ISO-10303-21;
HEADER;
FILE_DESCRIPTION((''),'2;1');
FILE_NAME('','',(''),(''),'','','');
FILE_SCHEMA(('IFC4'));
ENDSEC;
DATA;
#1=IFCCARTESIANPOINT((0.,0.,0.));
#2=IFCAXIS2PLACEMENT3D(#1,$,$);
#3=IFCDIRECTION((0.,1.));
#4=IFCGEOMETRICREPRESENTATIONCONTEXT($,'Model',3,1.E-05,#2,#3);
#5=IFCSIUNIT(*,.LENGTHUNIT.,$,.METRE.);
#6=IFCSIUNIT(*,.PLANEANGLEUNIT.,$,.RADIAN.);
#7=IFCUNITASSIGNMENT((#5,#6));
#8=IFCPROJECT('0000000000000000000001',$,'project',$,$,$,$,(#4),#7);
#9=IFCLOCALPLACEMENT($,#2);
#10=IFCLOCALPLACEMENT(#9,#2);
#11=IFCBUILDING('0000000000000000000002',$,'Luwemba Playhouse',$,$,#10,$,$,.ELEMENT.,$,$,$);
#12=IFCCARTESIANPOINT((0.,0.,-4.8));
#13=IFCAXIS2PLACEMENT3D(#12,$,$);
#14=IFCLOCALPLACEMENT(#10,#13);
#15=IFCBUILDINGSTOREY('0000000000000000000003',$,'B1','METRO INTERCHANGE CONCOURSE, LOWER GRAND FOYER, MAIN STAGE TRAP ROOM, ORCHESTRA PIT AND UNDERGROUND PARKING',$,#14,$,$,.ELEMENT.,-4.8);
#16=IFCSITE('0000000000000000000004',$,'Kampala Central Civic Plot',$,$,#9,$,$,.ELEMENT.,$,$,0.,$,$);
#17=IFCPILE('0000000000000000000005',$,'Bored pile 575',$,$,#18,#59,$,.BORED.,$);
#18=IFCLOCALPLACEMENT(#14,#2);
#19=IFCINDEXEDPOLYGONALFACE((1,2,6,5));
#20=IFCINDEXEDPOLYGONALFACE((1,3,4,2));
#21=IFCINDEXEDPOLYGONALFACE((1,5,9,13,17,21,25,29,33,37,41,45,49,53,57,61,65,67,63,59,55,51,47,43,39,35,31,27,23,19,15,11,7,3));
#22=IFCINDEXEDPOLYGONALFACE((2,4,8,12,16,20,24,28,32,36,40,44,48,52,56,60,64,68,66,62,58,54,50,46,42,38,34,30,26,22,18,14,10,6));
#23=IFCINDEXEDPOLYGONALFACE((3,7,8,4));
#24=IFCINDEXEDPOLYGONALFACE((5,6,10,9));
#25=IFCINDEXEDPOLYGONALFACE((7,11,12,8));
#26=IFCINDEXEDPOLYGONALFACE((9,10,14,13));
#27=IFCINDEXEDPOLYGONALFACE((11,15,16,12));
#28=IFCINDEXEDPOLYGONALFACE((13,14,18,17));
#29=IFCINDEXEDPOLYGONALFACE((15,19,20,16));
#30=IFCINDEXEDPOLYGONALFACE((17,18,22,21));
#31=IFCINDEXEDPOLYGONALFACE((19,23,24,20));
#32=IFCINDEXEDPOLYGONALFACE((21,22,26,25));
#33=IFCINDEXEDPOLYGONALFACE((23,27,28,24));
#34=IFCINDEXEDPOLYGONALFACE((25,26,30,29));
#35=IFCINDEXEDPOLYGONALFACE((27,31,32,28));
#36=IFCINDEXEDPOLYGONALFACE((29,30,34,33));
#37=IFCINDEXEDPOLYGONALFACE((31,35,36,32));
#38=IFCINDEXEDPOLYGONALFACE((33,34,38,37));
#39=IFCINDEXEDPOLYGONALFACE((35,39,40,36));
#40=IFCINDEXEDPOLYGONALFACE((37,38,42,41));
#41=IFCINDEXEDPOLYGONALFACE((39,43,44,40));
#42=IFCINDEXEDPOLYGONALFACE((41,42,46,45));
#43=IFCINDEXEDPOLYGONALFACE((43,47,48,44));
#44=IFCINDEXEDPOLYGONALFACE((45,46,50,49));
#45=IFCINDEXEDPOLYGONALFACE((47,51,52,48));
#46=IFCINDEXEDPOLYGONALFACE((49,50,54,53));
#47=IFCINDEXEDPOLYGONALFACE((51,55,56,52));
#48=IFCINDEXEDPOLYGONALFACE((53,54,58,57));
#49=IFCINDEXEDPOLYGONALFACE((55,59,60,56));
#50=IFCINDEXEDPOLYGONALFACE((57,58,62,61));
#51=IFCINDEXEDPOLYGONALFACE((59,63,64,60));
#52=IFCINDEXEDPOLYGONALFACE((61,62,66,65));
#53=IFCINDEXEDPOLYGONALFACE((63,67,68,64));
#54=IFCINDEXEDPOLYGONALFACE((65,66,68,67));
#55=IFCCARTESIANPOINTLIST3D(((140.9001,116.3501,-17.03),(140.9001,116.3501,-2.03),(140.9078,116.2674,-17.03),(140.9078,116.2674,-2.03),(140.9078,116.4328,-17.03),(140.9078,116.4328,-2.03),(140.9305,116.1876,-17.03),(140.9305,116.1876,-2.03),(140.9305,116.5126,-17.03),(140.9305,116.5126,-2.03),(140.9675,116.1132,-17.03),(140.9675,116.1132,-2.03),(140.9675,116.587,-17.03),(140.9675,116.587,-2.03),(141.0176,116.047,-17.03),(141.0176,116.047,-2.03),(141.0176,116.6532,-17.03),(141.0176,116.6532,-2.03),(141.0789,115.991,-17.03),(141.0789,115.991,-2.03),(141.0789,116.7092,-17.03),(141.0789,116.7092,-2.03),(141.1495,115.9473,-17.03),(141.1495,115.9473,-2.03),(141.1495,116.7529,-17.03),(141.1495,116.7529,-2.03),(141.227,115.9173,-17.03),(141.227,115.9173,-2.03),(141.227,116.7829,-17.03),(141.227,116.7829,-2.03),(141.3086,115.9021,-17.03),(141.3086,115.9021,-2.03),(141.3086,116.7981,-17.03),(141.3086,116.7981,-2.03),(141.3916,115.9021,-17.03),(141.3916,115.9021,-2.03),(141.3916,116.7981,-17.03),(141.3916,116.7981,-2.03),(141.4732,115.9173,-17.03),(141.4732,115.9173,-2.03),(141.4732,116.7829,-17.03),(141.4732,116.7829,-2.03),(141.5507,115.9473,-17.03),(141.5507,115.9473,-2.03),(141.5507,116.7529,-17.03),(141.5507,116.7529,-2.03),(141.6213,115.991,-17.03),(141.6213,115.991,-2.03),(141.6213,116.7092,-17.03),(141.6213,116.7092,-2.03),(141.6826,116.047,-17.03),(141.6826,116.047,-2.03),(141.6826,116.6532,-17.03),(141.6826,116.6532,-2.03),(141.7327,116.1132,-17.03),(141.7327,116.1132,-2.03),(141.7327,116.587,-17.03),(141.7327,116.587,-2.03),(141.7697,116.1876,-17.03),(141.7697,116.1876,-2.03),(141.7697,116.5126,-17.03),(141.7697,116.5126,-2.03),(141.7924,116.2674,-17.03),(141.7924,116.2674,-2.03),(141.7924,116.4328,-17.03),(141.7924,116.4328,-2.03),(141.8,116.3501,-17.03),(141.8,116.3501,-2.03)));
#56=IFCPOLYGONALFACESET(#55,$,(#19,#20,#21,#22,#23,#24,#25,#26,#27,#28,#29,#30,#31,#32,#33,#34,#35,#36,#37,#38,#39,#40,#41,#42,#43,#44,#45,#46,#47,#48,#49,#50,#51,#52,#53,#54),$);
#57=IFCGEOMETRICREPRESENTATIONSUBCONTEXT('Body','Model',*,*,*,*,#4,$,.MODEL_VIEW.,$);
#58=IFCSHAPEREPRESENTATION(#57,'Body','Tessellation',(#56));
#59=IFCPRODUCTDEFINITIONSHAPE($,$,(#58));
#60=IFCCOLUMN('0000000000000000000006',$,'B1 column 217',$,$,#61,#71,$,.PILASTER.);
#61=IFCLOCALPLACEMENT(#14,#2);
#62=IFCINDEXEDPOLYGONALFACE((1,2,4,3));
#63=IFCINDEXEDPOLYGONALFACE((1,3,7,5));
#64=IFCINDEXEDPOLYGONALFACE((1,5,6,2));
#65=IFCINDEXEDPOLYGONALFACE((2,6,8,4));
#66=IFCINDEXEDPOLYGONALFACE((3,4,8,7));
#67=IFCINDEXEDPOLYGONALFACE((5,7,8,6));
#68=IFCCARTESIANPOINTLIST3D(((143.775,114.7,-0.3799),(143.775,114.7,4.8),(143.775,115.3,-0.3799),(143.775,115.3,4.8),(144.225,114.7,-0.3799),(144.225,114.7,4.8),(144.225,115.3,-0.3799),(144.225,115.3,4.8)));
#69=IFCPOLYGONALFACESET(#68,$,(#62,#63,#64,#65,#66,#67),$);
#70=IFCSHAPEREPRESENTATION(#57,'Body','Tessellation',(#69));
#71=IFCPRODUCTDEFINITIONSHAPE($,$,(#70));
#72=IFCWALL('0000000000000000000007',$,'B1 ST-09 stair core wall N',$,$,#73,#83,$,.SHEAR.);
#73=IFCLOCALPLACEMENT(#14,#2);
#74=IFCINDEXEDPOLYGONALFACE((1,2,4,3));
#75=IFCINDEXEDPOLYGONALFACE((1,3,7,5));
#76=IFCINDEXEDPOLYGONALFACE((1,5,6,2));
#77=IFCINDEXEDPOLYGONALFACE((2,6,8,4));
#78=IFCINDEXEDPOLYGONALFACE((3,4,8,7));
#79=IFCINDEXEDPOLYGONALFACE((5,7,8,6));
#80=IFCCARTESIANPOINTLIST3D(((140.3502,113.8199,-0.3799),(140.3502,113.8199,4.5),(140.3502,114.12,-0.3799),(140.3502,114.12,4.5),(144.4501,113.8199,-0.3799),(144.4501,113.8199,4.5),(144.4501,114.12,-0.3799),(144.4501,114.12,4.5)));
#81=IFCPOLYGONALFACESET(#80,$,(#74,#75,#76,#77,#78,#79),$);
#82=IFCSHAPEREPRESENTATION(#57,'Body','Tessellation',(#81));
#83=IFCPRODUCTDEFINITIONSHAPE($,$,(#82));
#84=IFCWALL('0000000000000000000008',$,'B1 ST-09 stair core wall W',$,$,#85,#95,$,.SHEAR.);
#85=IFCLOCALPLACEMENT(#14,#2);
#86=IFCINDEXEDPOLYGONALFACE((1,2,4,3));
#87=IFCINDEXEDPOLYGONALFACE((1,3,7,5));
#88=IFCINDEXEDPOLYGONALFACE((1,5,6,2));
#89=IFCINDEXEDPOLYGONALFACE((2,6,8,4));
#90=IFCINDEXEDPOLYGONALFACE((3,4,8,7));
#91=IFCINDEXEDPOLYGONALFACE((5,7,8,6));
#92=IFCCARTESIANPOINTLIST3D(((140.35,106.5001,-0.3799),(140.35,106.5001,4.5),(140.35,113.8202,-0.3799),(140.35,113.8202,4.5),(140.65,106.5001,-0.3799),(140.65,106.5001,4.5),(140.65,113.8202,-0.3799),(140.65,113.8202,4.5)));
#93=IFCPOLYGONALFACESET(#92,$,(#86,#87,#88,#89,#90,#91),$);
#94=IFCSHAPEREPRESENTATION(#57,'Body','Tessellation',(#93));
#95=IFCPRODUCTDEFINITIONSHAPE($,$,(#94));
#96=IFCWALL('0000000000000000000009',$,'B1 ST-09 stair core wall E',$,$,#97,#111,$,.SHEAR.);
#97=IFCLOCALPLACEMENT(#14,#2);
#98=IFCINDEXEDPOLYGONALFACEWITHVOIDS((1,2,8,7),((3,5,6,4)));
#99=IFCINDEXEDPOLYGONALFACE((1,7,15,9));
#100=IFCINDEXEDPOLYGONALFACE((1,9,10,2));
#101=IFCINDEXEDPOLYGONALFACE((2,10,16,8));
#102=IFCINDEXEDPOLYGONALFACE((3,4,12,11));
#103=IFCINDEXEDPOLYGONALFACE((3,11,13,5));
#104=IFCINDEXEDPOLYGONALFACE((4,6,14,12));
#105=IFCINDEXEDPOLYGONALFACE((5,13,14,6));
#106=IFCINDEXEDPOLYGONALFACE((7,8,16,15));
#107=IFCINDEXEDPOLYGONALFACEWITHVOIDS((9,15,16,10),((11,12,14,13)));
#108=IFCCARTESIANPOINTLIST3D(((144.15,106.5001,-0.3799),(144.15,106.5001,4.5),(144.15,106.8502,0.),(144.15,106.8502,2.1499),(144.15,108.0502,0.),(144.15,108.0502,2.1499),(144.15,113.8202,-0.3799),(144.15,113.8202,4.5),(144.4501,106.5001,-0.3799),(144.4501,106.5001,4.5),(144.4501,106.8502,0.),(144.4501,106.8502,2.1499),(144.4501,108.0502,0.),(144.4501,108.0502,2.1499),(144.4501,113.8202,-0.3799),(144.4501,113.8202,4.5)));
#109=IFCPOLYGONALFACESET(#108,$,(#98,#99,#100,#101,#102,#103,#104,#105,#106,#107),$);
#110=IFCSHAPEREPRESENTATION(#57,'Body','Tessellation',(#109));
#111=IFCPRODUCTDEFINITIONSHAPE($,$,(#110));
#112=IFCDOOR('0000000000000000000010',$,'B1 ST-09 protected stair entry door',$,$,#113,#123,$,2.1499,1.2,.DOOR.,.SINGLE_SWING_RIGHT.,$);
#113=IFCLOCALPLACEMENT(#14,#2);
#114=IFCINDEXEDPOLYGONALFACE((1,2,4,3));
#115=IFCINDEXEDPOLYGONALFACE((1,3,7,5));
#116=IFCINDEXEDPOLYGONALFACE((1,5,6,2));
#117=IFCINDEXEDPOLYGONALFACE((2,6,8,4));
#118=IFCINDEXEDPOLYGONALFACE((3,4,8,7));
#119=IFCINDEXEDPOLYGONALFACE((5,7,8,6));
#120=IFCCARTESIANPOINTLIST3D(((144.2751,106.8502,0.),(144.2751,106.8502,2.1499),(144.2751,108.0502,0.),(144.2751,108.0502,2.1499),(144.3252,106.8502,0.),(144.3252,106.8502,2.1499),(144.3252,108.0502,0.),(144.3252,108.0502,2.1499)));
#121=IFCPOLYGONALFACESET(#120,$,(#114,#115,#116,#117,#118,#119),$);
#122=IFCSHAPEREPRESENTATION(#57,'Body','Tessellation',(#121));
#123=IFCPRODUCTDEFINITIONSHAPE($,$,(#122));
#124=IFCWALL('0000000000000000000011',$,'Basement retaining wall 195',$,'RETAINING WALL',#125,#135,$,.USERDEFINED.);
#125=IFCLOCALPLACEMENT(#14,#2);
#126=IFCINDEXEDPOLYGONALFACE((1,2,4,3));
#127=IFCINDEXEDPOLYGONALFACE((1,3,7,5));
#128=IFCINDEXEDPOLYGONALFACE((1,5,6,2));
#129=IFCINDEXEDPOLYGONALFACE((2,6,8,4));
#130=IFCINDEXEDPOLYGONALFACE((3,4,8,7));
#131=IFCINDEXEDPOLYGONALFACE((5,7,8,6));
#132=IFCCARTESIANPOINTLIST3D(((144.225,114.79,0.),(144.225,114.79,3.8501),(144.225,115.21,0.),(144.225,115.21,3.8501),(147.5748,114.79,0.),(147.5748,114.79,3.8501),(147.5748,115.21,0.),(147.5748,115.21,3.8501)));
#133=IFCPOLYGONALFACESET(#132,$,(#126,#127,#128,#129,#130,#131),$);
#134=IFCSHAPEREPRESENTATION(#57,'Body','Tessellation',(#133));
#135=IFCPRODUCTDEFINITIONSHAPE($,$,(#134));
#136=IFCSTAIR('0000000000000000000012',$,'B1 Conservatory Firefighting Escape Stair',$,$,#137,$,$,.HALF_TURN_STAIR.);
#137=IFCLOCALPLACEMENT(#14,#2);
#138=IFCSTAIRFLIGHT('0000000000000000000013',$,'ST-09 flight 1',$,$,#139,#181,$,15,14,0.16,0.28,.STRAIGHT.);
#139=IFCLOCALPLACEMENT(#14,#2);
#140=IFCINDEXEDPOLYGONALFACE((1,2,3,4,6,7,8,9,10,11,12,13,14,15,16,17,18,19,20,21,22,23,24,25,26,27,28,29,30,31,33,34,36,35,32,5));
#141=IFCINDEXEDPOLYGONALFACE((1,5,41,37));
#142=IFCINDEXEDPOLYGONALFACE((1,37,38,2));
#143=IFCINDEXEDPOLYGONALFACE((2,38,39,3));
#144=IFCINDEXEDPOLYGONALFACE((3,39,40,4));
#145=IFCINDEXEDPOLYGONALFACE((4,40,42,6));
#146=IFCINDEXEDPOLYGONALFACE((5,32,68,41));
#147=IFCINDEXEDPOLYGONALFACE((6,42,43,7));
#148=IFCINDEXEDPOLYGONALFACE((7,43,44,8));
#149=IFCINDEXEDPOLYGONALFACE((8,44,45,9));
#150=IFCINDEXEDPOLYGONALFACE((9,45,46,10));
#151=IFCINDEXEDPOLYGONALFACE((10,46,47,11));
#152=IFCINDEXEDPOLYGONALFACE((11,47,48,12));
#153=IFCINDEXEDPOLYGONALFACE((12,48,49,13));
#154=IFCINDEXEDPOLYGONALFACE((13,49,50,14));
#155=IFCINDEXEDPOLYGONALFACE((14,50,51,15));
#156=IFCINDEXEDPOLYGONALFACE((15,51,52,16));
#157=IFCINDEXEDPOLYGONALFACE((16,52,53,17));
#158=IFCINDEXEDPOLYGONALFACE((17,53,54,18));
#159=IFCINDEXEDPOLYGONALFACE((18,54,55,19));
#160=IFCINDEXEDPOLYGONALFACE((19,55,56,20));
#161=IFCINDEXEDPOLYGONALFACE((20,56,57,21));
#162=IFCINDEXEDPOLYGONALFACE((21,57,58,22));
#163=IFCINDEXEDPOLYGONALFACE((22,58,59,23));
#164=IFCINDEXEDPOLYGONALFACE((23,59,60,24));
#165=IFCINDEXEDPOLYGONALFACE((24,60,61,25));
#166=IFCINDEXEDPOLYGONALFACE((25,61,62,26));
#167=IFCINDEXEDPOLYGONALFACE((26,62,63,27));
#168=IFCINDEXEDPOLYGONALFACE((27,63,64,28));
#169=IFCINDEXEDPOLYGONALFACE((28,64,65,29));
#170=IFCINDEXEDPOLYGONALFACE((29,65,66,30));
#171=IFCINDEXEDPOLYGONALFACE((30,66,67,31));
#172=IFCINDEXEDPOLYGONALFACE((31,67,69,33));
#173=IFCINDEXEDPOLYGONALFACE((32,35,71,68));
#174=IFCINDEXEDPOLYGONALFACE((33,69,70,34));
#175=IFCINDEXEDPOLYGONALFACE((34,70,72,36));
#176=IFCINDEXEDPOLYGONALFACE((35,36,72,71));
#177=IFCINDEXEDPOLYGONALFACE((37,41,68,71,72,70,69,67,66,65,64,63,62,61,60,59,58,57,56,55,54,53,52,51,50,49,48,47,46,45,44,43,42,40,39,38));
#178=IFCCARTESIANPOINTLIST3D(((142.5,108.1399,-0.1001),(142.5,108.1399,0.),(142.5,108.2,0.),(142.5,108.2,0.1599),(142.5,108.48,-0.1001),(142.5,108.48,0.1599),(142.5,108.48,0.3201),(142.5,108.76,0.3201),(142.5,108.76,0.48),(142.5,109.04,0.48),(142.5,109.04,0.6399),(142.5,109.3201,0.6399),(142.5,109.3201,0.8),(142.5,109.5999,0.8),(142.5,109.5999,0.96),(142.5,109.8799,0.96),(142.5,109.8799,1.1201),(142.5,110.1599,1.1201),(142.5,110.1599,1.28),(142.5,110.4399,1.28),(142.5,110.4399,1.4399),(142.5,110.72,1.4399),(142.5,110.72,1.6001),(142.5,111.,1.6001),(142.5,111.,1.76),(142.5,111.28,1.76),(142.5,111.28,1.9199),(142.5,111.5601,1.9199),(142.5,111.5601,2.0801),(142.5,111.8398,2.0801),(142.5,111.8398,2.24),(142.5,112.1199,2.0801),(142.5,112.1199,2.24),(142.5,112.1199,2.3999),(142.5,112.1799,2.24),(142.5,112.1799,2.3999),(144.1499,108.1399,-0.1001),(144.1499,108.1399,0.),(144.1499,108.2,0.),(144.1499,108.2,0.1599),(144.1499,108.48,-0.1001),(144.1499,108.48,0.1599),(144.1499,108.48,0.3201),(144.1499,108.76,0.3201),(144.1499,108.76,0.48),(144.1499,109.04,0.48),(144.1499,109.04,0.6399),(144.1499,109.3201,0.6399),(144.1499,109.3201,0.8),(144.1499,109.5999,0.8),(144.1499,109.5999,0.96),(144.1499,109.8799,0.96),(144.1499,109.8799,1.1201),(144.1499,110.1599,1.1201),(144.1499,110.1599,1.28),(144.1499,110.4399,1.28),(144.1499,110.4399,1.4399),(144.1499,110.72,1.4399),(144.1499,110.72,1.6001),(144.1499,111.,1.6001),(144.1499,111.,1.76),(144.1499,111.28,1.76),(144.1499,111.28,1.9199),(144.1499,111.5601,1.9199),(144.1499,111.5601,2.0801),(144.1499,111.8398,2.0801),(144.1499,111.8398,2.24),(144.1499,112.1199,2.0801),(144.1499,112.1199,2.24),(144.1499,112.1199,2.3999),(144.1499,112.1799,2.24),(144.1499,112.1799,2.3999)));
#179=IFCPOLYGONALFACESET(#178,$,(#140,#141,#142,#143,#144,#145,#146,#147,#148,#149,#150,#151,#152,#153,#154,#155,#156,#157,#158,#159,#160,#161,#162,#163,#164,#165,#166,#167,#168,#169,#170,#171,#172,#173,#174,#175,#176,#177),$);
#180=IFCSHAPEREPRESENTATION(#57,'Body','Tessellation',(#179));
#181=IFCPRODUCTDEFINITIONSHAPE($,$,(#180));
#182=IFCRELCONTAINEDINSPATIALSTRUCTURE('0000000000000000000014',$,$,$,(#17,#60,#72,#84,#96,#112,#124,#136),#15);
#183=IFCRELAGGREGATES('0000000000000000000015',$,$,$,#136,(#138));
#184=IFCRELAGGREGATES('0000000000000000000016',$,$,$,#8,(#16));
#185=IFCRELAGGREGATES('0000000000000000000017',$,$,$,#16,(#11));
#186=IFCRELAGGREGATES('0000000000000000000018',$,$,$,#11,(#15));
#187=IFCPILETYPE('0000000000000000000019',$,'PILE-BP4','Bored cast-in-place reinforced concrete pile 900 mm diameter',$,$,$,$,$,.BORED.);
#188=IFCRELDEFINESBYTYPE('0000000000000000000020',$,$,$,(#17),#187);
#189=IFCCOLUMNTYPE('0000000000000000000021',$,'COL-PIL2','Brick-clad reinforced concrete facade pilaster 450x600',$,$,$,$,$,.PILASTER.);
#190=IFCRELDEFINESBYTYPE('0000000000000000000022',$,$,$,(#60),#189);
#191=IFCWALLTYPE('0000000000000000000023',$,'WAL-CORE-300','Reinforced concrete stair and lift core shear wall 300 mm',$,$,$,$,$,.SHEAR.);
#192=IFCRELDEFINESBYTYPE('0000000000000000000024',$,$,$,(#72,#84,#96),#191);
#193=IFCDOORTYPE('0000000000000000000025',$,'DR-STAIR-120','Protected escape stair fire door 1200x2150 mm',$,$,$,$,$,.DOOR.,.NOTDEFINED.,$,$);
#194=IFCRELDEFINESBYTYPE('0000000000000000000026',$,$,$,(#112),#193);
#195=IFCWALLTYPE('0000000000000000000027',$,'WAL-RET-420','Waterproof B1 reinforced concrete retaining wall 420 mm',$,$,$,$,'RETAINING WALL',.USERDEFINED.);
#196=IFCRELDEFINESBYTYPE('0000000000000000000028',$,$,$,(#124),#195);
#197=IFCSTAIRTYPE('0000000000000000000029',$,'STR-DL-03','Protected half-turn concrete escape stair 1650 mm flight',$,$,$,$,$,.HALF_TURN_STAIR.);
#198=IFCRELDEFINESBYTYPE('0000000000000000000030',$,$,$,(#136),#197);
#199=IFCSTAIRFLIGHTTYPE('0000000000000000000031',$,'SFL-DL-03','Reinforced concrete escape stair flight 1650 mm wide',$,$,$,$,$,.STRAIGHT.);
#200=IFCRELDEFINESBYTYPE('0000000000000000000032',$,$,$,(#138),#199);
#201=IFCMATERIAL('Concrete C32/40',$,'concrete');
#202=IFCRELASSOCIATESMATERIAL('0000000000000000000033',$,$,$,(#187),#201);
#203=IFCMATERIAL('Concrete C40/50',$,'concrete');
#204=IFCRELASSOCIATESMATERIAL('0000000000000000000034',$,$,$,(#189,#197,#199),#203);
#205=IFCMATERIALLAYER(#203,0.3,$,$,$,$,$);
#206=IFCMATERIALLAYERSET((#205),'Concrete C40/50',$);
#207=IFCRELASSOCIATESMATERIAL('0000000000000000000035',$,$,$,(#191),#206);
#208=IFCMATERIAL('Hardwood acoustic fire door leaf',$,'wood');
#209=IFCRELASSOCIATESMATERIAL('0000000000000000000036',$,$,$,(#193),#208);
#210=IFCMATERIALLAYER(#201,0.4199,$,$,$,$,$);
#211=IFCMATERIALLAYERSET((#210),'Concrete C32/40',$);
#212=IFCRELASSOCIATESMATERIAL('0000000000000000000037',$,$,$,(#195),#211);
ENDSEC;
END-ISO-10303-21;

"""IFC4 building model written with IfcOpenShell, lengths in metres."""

from ifc_helpers import new_model, si_unit, direction, frame, frame_2d, origin, origin_2d, place, context, subcontext, project, spatial, polyline, rectangle, circle, outline, extrude, material, layer, layer_set, material_profile, profile_set, type_object, element, fill, aggregate, save


model = new_model("IFC4")

# Units and contexts
model_context = context("Model", 3, precision=1e-05, world=origin(), true_north=direction((0.0, 1.0)))
body_context = subcontext(model_context, "Body", "Model", "MODEL_VIEW")
ifc_project = project(units=[si_unit("LENGTHUNIT", "METRE"), si_unit("PLANEANGLEUNIT", "RADIAN")], contexts=[model_context])

# Site, building, storey
site_placement = place(None, origin())
site = spatial("IfcSite", under=ifc_project, at=site_placement, Name="Kampala Central Civic Plot", CompositionType="ELEMENT", RefElevation=0.0)
building_placement = place(site_placement, origin())
building = spatial("IfcBuilding", under=site, at=building_placement, Name="Luwemba Playhouse", CompositionType="ELEMENT")
storey_placement = place(building_placement, frame((0.0, 0.0, -4.8)))
storey = spatial("IfcBuildingStorey", under=building, at=storey_placement, Name="B1", Description="METRO INTERCHANGE CONCOURSE, LOWER GRAND FOYER, MAIN STAGE TRAP ROOM, ORCHESTRA PIT AND UNDERGROUND PARKING", CompositionType="ELEMENT", Elevation=-4.8)

# Shared definitions
ifc_material_1 = material(Name="Concrete C32/40", Category="concrete")

# Pile
ifc_material_profile_1 = material_profile(ifc_material_1, circle(Radius=0.45, at=origin_2d()))
ifc_profile_set_1 = profile_set([ifc_material_profile_1], Name="Concrete C32/40")
pile_type_1 = type_object("IfcPileType", Name="PILE-BP4", Description="Bored cast-in-place reinforced concrete pile 900 mm diameter", PredefinedType="BORED", material=ifc_profile_set_1)
for number, where, z_axis, x_axis, name in (
    (1, (141.3501, 116.3501, -2.03), (0.0, 0.0, -1.0), (1.0, 0.0, 0.0), "Bored pile 575"),
):
    element("IfcPile", number, at=place(storey_placement, frame(where, z_axis=z_axis, x_axis=x_axis)), inside=storey, type_object=pile_type_1, Name=name, PredefinedType="BORED", context=body_context, shape_type="SweptSolid", body=[
        extrude(circle(Radius=0.45, at=origin_2d()), origin(), (0.0, 0.0, 1.0), 15.0),
    ])

# Column
ifc_material_2 = material(Name="Concrete C40/50", Category="concrete")
ifc_material_profile_2 = material_profile(ifc_material_2, rectangle(XDim=0.45, YDim=0.6001, at=origin_2d()))
ifc_profile_set_2 = profile_set([ifc_material_profile_2], Name="Concrete C40/50")
column_type = type_object("IfcColumnType", Name="COL-PIL2", Description="Brick-clad reinforced concrete facade pilaster 450x600", PredefinedType="PILASTER", material=ifc_profile_set_2)
column_placement = place(storey_placement, frame((144.0, 115.0, -0.3799), z_axis=(0.0, 0.0, 1.0), x_axis=(1.0, 0.0, 0.0)))
element("IfcColumn", 2, at=column_placement, inside=storey, type_object=column_type, Name="B1 column 217", PredefinedType="PILASTER", context=body_context, shape_type="SweptSolid", body=[
    extrude(rectangle(XDim=0.45, YDim=0.6001, at=origin_2d()), origin(), (0.0, 0.0, 1.0), 5.1799),
])

# Walls
ifc_layer_1 = layer(ifc_material_2, 0.3)
ifc_layer_set_1 = layer_set([ifc_layer_1], Name="Concrete C40/50")
wall_type_1 = type_object("IfcWallType", Name="WAL-CORE-300", Description="Reinforced concrete stair and lift core shear wall 300 mm", PredefinedType="SHEAR", material=ifc_layer_set_1)
wall_1_placement = place(storey_placement, frame((144.45, 113.97, -0.3799), z_axis=(0.0, 0.0, 1.0), x_axis=(-1.0, 0.0, 0.0)))
element("IfcWall", 3, at=wall_1_placement, inside=storey, type_object=wall_type_1, Name="B1 ST-09 stair core wall N", PredefinedType="SHEAR", context=body_context, shape_type="SweptSolid", body=[
    extrude(rectangle(XDim=4.0999, YDim=0.3, at=frame_2d((2.0498, 0.0))), origin(), (0.0, 0.0, 1.0), 4.8799),
])
wall_2_placement = place(storey_placement, frame((140.5, 106.5, -0.3799), z_axis=(0.0, 0.0, 1.0), x_axis=(0.0, 1.0, 0.0)))
element("IfcWall", 4, at=wall_2_placement, inside=storey, type_object=wall_type_1, Name="B1 ST-09 stair core wall W", PredefinedType="SHEAR", context=body_context, shape_type="SweptSolid", body=[
    extrude(rectangle(XDim=7.3201, YDim=0.3, at=frame_2d((3.6602, 0.0))), origin(), (0.0, 0.0, 1.0), 4.8799),
])

# Wall, opening, door
wall_3_placement = place(storey_placement, frame((144.3, 106.5, -0.3799), z_axis=(0.0, 0.0, 1.0), x_axis=(0.0, 1.0, 0.0)))
wall_3 = element("IfcWall", 5, at=wall_3_placement, inside=storey, type_object=wall_type_1, Name="B1 ST-09 stair core wall E", PredefinedType="SHEAR", context=body_context, shape_type="SweptSolid", body=[
    extrude(rectangle(XDim=7.3201, YDim=0.3, at=frame_2d((3.6602, 0.0))), origin(), (0.0, 0.0, 1.0), 4.8799),
])
opening_placement = place(wall_3_placement, frame((0.3501, 0.0, 0.3799)))
opening = element("IfcOpeningElement", 6, at=opening_placement, cuts=wall_3, PredefinedType="OPENING", context=body_context, shape_type="SweptSolid", body=[
    extrude(rectangle(XDim=1.2, YDim=2.1499, at=frame_2d((0.6001, 1.075))), frame((0.0, 0.1599, 0.0), z_axis=(0.0, -1.0, 0.0), x_axis=(1.0, 0.0, 0.0)), (0.0, 0.0, 1.0), 0.3201),
])
ifc_material_3 = material(Name="Hardwood acoustic fire door leaf", Category="wood")
door_type = type_object("IfcDoorType", Name="DR-STAIR-120", Description="Protected escape stair fire door 1200x2150 mm", OperationType="NOTDEFINED", PredefinedType="DOOR", material=ifc_material_3)
door_placement = place(opening_placement, origin())
door = element("IfcDoor", 7, at=door_placement, inside=storey, type_object=door_type, Name="B1 ST-09 protected stair entry door", OperationType="SINGLE_SWING_RIGHT", OverallHeight=2.1499, OverallWidth=1.2, PredefinedType="DOOR", context=body_context, shape_type="SweptSolid", body=[
    extrude(rectangle(XDim=1.2, YDim=2.1499, at=frame_2d((0.6001, 1.075))), frame((0.0, 0.0249, 0.0), z_axis=(0.0, -1.0, 0.0), x_axis=(1.0, 0.0, 0.0)), (0.0, 0.0, 1.0), 0.05),
])
fill(opening, door)

# Wall
ifc_layer_2 = layer(ifc_material_1, 0.4199)
ifc_layer_set_2 = layer_set([ifc_layer_2], Name="Concrete C32/40")
wall_type_2 = type_object("IfcWallType", Name="WAL-RET-420", Description="Waterproof B1 reinforced concrete retaining wall 420 mm", ElementType="RETAINING WALL", PredefinedType="USERDEFINED", material=ifc_layer_set_2)
wall_4_placement = place(storey_placement, frame((144.2251, 115.0, 0.0), z_axis=(0.0, 0.0, 1.0), x_axis=(1.0, 0.0, 0.0)))
element("IfcWall", 8, at=wall_4_placement, inside=storey, type_object=wall_type_2, Name="Basement retaining wall 195", ObjectType="RETAINING WALL", PredefinedType="USERDEFINED", context=body_context, shape_type="SweptSolid", body=[
    extrude(rectangle(XDim=3.3499, YDim=0.4199, at=frame_2d((1.6748, 0.0))), origin(), (0.0, 0.0, 1.0), 3.8501),
])

# Stair, stair flight
stair_type = type_object("IfcStairType", Name="STR-DL-03", Description="Protected half-turn concrete escape stair 1650 mm flight", PredefinedType="HALF_TURN_STAIR", material=ifc_material_2)
stair_placement = place(storey_placement, origin())
stair = element("IfcStair", 9, at=stair_placement, inside=storey, type_object=stair_type, Name="B1 Conservatory Firefighting Escape Stair", PredefinedType="HALF_TURN_STAIR")
stair_flight_type = type_object("IfcStairFlightType", Name="SFL-DL-03", Description="Reinforced concrete escape stair flight 1650 mm wide", PredefinedType="STRAIGHT", material=ifc_material_2)
stair_flight_1_placement = place(storey_placement, frame((143.325, 108.2, 0.0), z_axis=(0.0, 0.0, 1.0), x_axis=(0.0, 1.0, 0.0)))
stair_flight_1 = element("IfcStairFlight", 10, at=stair_flight_1_placement, type_object=stair_flight_type, Name="ST-09 flight 1", NumberOfRisers=15, NumberOfTreads=14, PredefinedType="STRAIGHT", RiserHeight=0.16, TreadLength=0.28, context=body_context, shape_type="SweptSolid", body=[
    extrude(outline(polyline([(-0.0601, -0.1001), (-0.0601, 0.0), (0.0, 0.0), (0.0, 0.1599), (0.28, 0.1599), (0.28, 0.3201), (0.5601, 0.3201), (0.5601, 0.48), (0.8401, 0.48), (0.8401, 0.6399), (1.1201, 0.6399), (1.1201, 0.8), (1.3999, 0.8), (1.3999, 0.96), (1.6799, 0.96), (1.6799, 1.1201), (1.96, 1.1201), (1.96, 1.28), (2.24, 1.28), (2.24, 1.4399), (2.52, 1.4399), (2.52, 1.6001), (2.8, 1.6001), (2.8, 1.76), (3.0801, 1.76), (3.0801, 1.9199), (3.3601, 1.9199), (3.3601, 2.0801), (3.6399, 2.0801), (3.6399, 2.24), (3.9199, 2.24), (3.9199, 2.3999), (3.98, 2.3999), (3.98, 2.24), (3.9199, 2.0801), (0.28, -0.1001), (-0.0601, -0.1001)])), frame((0.0, 0.825, 0.0), z_axis=(0.0, -1.0, 0.0), x_axis=(1.0, 0.0, 0.0)), (0.0, 0.0, 1.0), 1.6499),
])
aggregate(stair, [stair_flight_1])

save(model, "model.ifc")
